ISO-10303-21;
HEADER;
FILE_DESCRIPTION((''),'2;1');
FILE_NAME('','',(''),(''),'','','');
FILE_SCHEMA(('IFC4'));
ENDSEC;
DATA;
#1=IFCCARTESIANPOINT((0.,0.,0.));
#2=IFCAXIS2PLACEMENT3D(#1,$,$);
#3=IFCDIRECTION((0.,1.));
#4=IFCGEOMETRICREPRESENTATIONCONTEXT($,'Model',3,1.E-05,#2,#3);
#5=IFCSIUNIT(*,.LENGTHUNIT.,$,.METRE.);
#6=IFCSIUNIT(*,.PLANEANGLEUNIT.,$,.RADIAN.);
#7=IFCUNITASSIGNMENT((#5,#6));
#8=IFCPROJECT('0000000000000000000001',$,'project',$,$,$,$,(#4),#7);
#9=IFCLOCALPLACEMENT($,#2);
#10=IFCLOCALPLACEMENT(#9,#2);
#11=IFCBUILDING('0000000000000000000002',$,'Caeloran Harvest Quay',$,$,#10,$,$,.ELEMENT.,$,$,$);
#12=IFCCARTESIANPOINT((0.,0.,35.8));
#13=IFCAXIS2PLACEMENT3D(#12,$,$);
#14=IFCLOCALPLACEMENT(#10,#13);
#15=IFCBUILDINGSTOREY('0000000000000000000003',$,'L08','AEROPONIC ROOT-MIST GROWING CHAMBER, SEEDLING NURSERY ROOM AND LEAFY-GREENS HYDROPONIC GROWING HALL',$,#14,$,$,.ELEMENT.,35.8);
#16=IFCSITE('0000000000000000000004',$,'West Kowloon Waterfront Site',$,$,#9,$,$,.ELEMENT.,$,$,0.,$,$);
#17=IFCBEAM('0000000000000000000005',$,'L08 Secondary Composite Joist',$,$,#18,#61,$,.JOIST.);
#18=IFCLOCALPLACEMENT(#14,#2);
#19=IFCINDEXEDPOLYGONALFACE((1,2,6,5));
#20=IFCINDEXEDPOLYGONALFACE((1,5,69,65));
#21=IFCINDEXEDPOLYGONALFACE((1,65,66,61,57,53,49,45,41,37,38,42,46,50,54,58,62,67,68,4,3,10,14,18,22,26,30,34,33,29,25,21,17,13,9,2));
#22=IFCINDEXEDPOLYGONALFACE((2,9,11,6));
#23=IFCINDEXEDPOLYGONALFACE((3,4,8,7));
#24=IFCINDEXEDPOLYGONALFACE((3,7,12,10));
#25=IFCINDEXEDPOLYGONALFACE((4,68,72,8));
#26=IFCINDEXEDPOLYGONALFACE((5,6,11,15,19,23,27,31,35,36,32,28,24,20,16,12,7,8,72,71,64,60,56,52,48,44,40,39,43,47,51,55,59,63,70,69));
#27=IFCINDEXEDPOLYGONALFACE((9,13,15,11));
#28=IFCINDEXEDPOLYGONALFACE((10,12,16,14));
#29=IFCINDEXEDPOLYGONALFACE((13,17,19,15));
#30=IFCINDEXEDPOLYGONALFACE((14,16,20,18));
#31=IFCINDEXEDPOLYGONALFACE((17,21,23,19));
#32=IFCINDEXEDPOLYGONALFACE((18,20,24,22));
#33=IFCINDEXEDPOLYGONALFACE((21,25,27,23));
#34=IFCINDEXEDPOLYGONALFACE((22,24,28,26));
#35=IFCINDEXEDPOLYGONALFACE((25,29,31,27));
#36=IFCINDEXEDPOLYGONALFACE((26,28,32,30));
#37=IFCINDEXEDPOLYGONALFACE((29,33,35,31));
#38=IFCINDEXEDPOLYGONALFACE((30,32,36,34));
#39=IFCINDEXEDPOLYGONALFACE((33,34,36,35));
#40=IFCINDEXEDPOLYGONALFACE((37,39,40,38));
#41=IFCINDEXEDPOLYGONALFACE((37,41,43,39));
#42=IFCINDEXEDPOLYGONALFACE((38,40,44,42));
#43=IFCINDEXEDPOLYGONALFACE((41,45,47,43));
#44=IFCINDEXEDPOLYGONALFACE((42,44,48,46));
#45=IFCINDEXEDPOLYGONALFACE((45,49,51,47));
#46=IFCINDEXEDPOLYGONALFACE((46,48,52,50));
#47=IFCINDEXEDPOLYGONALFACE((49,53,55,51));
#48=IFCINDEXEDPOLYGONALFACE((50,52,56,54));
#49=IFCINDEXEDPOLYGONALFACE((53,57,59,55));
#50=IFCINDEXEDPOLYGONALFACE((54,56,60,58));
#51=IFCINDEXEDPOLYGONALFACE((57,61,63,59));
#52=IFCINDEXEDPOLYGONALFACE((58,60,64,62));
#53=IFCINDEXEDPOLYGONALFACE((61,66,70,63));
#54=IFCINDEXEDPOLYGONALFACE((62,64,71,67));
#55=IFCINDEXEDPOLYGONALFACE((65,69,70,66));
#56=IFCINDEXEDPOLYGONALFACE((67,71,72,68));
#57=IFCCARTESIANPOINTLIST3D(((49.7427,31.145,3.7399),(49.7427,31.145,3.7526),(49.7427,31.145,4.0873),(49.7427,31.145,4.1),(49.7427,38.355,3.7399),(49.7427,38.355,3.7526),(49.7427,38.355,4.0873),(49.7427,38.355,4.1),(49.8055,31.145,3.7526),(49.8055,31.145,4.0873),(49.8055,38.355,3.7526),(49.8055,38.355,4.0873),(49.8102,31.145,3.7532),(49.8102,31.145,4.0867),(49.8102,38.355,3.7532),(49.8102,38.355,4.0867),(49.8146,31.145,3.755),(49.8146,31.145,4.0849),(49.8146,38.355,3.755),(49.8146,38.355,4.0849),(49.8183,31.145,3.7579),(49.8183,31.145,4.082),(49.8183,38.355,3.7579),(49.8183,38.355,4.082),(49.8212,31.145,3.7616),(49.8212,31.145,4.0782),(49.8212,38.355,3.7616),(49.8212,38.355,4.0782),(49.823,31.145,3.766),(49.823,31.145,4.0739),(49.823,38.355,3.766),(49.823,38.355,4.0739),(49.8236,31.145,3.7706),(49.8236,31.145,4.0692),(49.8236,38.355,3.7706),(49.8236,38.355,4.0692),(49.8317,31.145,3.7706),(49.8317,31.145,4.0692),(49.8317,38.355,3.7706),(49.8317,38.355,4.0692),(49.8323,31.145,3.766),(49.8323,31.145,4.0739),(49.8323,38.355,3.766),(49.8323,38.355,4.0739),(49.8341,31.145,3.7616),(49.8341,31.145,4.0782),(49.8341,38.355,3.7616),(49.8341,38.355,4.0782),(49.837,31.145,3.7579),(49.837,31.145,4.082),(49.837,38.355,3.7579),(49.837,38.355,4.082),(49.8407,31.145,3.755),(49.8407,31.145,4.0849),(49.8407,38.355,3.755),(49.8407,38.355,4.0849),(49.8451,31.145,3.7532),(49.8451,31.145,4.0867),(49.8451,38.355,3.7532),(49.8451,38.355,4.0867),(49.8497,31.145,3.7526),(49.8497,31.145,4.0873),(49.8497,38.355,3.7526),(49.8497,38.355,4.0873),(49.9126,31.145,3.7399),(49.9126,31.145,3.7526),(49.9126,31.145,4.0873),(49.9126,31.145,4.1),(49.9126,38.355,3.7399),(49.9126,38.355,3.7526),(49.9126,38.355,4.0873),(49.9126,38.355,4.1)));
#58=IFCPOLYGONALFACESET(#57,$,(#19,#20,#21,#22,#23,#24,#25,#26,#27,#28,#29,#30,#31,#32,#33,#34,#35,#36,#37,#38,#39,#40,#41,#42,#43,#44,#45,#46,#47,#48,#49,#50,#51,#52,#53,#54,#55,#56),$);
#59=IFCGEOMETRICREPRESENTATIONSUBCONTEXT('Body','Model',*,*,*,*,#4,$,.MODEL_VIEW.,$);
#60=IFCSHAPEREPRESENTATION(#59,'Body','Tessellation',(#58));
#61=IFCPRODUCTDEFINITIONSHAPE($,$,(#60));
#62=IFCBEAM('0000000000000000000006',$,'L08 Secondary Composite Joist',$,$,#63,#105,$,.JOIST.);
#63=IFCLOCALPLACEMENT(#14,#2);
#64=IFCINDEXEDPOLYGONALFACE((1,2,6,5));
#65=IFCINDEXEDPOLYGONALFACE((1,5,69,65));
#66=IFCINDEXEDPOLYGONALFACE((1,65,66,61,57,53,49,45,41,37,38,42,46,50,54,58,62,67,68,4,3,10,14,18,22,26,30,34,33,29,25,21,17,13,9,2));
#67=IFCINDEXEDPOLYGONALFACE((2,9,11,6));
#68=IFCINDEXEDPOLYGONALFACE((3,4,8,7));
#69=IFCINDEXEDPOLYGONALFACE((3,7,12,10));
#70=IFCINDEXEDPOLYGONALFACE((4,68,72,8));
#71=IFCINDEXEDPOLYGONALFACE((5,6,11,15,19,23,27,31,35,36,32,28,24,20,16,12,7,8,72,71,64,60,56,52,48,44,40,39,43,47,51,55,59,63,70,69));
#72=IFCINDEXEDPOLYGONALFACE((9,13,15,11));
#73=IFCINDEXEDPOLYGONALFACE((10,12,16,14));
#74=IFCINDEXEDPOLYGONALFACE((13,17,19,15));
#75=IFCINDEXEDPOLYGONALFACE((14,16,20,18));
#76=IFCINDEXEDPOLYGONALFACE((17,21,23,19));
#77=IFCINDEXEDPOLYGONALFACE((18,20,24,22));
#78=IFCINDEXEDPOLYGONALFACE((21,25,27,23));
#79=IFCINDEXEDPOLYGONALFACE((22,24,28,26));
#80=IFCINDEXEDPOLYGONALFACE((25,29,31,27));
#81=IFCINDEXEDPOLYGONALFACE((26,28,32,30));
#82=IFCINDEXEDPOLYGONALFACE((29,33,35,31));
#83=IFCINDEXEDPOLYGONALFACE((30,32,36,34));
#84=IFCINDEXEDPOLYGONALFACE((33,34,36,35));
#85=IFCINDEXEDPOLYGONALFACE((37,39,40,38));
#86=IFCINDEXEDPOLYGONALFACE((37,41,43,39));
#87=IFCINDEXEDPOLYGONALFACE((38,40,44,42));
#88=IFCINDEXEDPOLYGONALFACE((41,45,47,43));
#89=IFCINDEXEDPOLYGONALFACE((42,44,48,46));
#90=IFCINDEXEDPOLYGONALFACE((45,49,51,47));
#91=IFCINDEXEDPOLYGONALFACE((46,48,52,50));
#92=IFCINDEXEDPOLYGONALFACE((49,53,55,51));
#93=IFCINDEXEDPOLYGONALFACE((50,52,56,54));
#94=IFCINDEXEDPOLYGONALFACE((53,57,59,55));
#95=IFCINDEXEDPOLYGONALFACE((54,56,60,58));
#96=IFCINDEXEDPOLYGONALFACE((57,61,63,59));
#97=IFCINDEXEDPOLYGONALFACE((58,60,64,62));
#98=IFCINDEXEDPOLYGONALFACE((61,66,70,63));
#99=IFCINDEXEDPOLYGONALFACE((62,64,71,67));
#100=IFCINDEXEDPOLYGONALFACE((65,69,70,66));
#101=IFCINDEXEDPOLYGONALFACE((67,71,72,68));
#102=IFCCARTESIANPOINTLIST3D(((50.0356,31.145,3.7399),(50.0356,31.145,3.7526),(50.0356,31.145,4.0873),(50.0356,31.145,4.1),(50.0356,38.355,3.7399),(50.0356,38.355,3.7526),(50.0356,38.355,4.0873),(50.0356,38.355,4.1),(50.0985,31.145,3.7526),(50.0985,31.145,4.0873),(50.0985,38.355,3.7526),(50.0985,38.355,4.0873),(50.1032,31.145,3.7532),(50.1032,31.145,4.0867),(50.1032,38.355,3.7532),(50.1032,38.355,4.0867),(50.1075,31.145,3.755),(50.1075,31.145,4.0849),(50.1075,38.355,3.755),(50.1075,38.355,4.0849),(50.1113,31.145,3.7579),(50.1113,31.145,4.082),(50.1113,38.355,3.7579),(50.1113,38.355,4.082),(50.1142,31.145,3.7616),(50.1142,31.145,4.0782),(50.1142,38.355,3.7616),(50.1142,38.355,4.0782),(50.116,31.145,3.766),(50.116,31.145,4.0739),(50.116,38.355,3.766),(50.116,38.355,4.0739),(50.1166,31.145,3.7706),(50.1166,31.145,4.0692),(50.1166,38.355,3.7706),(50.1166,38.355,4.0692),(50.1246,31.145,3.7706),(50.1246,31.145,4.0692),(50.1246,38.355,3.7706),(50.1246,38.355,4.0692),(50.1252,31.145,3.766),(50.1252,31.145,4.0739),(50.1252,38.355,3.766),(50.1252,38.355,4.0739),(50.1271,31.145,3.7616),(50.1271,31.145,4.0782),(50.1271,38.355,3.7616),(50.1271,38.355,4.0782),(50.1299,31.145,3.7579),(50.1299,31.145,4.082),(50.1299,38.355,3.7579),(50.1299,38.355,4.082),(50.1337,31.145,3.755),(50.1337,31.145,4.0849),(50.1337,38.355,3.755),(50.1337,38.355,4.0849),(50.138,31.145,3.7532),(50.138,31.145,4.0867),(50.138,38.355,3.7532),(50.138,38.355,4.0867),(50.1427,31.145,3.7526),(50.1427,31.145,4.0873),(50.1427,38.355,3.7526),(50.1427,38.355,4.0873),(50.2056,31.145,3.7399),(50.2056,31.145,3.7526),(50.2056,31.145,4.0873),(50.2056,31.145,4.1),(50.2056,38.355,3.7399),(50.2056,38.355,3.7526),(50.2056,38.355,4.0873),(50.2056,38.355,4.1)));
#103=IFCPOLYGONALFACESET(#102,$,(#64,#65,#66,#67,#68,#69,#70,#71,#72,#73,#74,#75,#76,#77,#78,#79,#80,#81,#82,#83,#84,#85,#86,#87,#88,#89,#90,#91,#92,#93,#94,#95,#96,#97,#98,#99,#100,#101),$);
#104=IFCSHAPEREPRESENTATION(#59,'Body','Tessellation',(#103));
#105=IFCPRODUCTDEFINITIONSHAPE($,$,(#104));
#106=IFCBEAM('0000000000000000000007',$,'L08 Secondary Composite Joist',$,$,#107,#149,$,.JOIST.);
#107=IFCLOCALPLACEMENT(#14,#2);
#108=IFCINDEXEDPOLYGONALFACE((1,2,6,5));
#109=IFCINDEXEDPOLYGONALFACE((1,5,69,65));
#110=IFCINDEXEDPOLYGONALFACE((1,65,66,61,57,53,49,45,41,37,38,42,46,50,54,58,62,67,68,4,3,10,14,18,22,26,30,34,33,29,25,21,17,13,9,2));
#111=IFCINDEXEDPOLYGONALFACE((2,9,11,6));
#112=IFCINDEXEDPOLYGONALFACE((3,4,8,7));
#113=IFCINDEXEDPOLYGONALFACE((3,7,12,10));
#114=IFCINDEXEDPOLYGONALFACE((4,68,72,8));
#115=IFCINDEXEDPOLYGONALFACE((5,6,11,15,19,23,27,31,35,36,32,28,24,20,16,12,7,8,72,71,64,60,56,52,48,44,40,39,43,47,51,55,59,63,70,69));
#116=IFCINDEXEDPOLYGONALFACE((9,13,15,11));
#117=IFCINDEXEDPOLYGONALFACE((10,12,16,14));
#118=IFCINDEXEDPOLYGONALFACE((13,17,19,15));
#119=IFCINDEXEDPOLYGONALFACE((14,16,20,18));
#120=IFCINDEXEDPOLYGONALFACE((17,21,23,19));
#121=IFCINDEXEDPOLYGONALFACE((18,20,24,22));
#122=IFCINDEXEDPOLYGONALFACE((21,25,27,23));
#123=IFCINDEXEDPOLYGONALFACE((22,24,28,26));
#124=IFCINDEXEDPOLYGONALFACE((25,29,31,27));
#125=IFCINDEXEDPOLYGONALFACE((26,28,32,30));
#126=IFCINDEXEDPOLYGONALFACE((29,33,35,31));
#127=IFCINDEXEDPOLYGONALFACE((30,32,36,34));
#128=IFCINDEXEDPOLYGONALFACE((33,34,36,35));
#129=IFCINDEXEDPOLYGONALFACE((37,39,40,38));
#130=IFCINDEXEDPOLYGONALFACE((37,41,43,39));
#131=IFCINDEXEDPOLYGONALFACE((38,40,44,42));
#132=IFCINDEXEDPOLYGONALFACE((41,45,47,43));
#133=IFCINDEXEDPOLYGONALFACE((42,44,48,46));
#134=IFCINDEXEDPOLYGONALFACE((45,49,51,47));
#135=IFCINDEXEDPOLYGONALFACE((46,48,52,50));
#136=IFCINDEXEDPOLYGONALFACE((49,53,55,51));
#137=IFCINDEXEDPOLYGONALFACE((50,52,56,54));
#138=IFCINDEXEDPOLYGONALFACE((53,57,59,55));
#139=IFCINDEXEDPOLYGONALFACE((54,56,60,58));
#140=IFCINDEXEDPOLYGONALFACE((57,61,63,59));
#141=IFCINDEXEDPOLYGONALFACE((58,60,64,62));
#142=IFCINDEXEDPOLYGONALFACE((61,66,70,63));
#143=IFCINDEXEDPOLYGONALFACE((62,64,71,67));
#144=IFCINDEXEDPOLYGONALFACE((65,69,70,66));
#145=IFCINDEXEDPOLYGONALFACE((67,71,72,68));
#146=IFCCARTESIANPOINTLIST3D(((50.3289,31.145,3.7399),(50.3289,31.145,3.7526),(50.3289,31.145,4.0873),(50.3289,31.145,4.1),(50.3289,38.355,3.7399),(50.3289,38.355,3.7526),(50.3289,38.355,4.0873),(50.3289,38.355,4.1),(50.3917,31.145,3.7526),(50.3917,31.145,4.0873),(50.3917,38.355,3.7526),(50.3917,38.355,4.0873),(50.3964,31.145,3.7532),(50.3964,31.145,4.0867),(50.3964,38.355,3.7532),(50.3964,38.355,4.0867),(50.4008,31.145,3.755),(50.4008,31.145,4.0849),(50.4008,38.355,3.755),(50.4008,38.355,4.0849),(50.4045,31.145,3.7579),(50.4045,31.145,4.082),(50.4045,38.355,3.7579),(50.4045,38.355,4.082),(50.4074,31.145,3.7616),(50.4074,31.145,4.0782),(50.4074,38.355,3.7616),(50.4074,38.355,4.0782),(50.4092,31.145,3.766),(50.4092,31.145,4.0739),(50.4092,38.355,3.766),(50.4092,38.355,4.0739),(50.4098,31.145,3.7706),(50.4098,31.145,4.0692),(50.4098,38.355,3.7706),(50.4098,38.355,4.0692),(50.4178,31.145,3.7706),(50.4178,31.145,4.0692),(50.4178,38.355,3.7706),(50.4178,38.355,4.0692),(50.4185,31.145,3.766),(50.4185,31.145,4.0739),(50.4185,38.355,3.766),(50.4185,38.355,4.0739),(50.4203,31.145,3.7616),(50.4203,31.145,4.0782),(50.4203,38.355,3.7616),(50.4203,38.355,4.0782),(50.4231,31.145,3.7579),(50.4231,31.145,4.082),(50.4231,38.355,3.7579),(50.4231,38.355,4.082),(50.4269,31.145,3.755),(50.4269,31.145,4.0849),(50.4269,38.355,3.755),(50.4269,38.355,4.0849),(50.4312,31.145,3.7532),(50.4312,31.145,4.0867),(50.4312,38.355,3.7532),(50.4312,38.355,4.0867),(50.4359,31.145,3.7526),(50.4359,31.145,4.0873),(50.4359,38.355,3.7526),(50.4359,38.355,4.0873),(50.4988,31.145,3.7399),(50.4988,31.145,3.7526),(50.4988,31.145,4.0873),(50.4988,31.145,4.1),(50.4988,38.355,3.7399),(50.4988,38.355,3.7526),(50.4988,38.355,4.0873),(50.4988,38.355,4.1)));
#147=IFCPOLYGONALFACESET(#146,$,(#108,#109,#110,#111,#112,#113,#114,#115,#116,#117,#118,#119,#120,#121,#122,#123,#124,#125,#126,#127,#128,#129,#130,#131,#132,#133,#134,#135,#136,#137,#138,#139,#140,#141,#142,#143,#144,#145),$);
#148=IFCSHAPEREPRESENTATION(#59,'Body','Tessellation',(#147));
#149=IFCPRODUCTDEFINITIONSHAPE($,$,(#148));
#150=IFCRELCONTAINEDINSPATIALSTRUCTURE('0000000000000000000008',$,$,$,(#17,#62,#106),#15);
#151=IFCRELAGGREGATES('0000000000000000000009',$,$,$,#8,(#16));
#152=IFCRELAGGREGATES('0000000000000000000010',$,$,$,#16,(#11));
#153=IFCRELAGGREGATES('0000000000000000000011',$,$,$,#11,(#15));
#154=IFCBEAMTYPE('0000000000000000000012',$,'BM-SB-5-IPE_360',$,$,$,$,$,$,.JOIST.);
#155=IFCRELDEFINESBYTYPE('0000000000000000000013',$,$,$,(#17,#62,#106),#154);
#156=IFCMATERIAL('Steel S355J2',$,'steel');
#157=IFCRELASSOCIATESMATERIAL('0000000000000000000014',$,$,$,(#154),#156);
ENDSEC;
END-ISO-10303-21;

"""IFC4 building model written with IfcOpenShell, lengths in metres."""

from ifc_helpers import new_model, si_unit, direction, frame, origin, origin_2d, place, context, subcontext, project, spatial, i_section, extrude, material, material_profile, profile_set, type_object, element, save


model = new_model("IFC4")

# Units and contexts
model_context = context("Model", 3, precision=1e-05, world=origin(), true_north=direction((0.0, 1.0)))
body_context = subcontext(model_context, "Body", "Model", "MODEL_VIEW")
ifc_project = project(units=[si_unit("LENGTHUNIT", "METRE"), si_unit("PLANEANGLEUNIT", "RADIAN")], contexts=[model_context])

# Site, building, storey
site_placement = place(None, origin())
site = spatial("IfcSite", under=ifc_project, at=site_placement, Name="West Kowloon Waterfront Site", CompositionType="ELEMENT", RefElevation=0.0)
building_placement = place(site_placement, origin())
building = spatial("IfcBuilding", under=site, at=building_placement, Name="Caeloran Harvest Quay", CompositionType="ELEMENT")
storey_placement = place(building_placement, frame((0.0, 0.0, 35.8)))
storey = spatial("IfcBuildingStorey", under=building, at=storey_placement, Name="L08", Description="AEROPONIC ROOT-MIST GROWING CHAMBER, SEEDLING NURSERY ROOM AND LEAFY-GREENS HYDROPONIC GROWING HALL", CompositionType="ELEMENT", Elevation=35.8)

# Beams
ifc_material_1 = material(Name="Steel S355J2", Category="steel")
ifc_material_profile_1 = material_profile(ifc_material_1, i_section(OverallWidth=0.1699, OverallDepth=0.3601, WebThickness=0.0081, FlangeThickness=0.0127, FilletRadius=0.0181, at=origin_2d()), Name="IPE 360")
ifc_profile_set_1 = profile_set([ifc_material_profile_1], Name="Steel S355J2")
beam_type_1 = type_object("IfcBeamType", Name="BM-SB-5-IPE_360", PredefinedType="JOIST", material=ifc_profile_set_1)
for number, where, z_axis, x_axis, name in (
    (1, (49.8276, 31.145, 3.9199), (0.0, 1.0, 0.0), (-1.0, 0.0, 0.0), "L08 Secondary Composite Joist"),
    (2, (50.1206, 31.145, 3.9199), (0.0, 1.0, 0.0), (-1.0, 0.0, 0.0), "L08 Secondary Composite Joist"),
    (3, (50.4138, 31.145, 3.9199), (0.0, 1.0, 0.0), (-1.0, 0.0, 0.0), "L08 Secondary Composite Joist"),
):
    element("IfcBeam", number, at=place(storey_placement, frame(where, z_axis=z_axis, x_axis=x_axis)), inside=storey, type_object=beam_type_1, Name=name, PredefinedType="JOIST", context=body_context, shape_type="SweptSolid", body=[
        extrude(i_section(OverallWidth=0.1699, OverallDepth=0.3601, WebThickness=0.0081, FlangeThickness=0.0127, FilletRadius=0.0181, at=origin_2d()), origin(), (0.0, 0.0, 1.0), 7.21),
    ])

save(model, "model.ifc")
